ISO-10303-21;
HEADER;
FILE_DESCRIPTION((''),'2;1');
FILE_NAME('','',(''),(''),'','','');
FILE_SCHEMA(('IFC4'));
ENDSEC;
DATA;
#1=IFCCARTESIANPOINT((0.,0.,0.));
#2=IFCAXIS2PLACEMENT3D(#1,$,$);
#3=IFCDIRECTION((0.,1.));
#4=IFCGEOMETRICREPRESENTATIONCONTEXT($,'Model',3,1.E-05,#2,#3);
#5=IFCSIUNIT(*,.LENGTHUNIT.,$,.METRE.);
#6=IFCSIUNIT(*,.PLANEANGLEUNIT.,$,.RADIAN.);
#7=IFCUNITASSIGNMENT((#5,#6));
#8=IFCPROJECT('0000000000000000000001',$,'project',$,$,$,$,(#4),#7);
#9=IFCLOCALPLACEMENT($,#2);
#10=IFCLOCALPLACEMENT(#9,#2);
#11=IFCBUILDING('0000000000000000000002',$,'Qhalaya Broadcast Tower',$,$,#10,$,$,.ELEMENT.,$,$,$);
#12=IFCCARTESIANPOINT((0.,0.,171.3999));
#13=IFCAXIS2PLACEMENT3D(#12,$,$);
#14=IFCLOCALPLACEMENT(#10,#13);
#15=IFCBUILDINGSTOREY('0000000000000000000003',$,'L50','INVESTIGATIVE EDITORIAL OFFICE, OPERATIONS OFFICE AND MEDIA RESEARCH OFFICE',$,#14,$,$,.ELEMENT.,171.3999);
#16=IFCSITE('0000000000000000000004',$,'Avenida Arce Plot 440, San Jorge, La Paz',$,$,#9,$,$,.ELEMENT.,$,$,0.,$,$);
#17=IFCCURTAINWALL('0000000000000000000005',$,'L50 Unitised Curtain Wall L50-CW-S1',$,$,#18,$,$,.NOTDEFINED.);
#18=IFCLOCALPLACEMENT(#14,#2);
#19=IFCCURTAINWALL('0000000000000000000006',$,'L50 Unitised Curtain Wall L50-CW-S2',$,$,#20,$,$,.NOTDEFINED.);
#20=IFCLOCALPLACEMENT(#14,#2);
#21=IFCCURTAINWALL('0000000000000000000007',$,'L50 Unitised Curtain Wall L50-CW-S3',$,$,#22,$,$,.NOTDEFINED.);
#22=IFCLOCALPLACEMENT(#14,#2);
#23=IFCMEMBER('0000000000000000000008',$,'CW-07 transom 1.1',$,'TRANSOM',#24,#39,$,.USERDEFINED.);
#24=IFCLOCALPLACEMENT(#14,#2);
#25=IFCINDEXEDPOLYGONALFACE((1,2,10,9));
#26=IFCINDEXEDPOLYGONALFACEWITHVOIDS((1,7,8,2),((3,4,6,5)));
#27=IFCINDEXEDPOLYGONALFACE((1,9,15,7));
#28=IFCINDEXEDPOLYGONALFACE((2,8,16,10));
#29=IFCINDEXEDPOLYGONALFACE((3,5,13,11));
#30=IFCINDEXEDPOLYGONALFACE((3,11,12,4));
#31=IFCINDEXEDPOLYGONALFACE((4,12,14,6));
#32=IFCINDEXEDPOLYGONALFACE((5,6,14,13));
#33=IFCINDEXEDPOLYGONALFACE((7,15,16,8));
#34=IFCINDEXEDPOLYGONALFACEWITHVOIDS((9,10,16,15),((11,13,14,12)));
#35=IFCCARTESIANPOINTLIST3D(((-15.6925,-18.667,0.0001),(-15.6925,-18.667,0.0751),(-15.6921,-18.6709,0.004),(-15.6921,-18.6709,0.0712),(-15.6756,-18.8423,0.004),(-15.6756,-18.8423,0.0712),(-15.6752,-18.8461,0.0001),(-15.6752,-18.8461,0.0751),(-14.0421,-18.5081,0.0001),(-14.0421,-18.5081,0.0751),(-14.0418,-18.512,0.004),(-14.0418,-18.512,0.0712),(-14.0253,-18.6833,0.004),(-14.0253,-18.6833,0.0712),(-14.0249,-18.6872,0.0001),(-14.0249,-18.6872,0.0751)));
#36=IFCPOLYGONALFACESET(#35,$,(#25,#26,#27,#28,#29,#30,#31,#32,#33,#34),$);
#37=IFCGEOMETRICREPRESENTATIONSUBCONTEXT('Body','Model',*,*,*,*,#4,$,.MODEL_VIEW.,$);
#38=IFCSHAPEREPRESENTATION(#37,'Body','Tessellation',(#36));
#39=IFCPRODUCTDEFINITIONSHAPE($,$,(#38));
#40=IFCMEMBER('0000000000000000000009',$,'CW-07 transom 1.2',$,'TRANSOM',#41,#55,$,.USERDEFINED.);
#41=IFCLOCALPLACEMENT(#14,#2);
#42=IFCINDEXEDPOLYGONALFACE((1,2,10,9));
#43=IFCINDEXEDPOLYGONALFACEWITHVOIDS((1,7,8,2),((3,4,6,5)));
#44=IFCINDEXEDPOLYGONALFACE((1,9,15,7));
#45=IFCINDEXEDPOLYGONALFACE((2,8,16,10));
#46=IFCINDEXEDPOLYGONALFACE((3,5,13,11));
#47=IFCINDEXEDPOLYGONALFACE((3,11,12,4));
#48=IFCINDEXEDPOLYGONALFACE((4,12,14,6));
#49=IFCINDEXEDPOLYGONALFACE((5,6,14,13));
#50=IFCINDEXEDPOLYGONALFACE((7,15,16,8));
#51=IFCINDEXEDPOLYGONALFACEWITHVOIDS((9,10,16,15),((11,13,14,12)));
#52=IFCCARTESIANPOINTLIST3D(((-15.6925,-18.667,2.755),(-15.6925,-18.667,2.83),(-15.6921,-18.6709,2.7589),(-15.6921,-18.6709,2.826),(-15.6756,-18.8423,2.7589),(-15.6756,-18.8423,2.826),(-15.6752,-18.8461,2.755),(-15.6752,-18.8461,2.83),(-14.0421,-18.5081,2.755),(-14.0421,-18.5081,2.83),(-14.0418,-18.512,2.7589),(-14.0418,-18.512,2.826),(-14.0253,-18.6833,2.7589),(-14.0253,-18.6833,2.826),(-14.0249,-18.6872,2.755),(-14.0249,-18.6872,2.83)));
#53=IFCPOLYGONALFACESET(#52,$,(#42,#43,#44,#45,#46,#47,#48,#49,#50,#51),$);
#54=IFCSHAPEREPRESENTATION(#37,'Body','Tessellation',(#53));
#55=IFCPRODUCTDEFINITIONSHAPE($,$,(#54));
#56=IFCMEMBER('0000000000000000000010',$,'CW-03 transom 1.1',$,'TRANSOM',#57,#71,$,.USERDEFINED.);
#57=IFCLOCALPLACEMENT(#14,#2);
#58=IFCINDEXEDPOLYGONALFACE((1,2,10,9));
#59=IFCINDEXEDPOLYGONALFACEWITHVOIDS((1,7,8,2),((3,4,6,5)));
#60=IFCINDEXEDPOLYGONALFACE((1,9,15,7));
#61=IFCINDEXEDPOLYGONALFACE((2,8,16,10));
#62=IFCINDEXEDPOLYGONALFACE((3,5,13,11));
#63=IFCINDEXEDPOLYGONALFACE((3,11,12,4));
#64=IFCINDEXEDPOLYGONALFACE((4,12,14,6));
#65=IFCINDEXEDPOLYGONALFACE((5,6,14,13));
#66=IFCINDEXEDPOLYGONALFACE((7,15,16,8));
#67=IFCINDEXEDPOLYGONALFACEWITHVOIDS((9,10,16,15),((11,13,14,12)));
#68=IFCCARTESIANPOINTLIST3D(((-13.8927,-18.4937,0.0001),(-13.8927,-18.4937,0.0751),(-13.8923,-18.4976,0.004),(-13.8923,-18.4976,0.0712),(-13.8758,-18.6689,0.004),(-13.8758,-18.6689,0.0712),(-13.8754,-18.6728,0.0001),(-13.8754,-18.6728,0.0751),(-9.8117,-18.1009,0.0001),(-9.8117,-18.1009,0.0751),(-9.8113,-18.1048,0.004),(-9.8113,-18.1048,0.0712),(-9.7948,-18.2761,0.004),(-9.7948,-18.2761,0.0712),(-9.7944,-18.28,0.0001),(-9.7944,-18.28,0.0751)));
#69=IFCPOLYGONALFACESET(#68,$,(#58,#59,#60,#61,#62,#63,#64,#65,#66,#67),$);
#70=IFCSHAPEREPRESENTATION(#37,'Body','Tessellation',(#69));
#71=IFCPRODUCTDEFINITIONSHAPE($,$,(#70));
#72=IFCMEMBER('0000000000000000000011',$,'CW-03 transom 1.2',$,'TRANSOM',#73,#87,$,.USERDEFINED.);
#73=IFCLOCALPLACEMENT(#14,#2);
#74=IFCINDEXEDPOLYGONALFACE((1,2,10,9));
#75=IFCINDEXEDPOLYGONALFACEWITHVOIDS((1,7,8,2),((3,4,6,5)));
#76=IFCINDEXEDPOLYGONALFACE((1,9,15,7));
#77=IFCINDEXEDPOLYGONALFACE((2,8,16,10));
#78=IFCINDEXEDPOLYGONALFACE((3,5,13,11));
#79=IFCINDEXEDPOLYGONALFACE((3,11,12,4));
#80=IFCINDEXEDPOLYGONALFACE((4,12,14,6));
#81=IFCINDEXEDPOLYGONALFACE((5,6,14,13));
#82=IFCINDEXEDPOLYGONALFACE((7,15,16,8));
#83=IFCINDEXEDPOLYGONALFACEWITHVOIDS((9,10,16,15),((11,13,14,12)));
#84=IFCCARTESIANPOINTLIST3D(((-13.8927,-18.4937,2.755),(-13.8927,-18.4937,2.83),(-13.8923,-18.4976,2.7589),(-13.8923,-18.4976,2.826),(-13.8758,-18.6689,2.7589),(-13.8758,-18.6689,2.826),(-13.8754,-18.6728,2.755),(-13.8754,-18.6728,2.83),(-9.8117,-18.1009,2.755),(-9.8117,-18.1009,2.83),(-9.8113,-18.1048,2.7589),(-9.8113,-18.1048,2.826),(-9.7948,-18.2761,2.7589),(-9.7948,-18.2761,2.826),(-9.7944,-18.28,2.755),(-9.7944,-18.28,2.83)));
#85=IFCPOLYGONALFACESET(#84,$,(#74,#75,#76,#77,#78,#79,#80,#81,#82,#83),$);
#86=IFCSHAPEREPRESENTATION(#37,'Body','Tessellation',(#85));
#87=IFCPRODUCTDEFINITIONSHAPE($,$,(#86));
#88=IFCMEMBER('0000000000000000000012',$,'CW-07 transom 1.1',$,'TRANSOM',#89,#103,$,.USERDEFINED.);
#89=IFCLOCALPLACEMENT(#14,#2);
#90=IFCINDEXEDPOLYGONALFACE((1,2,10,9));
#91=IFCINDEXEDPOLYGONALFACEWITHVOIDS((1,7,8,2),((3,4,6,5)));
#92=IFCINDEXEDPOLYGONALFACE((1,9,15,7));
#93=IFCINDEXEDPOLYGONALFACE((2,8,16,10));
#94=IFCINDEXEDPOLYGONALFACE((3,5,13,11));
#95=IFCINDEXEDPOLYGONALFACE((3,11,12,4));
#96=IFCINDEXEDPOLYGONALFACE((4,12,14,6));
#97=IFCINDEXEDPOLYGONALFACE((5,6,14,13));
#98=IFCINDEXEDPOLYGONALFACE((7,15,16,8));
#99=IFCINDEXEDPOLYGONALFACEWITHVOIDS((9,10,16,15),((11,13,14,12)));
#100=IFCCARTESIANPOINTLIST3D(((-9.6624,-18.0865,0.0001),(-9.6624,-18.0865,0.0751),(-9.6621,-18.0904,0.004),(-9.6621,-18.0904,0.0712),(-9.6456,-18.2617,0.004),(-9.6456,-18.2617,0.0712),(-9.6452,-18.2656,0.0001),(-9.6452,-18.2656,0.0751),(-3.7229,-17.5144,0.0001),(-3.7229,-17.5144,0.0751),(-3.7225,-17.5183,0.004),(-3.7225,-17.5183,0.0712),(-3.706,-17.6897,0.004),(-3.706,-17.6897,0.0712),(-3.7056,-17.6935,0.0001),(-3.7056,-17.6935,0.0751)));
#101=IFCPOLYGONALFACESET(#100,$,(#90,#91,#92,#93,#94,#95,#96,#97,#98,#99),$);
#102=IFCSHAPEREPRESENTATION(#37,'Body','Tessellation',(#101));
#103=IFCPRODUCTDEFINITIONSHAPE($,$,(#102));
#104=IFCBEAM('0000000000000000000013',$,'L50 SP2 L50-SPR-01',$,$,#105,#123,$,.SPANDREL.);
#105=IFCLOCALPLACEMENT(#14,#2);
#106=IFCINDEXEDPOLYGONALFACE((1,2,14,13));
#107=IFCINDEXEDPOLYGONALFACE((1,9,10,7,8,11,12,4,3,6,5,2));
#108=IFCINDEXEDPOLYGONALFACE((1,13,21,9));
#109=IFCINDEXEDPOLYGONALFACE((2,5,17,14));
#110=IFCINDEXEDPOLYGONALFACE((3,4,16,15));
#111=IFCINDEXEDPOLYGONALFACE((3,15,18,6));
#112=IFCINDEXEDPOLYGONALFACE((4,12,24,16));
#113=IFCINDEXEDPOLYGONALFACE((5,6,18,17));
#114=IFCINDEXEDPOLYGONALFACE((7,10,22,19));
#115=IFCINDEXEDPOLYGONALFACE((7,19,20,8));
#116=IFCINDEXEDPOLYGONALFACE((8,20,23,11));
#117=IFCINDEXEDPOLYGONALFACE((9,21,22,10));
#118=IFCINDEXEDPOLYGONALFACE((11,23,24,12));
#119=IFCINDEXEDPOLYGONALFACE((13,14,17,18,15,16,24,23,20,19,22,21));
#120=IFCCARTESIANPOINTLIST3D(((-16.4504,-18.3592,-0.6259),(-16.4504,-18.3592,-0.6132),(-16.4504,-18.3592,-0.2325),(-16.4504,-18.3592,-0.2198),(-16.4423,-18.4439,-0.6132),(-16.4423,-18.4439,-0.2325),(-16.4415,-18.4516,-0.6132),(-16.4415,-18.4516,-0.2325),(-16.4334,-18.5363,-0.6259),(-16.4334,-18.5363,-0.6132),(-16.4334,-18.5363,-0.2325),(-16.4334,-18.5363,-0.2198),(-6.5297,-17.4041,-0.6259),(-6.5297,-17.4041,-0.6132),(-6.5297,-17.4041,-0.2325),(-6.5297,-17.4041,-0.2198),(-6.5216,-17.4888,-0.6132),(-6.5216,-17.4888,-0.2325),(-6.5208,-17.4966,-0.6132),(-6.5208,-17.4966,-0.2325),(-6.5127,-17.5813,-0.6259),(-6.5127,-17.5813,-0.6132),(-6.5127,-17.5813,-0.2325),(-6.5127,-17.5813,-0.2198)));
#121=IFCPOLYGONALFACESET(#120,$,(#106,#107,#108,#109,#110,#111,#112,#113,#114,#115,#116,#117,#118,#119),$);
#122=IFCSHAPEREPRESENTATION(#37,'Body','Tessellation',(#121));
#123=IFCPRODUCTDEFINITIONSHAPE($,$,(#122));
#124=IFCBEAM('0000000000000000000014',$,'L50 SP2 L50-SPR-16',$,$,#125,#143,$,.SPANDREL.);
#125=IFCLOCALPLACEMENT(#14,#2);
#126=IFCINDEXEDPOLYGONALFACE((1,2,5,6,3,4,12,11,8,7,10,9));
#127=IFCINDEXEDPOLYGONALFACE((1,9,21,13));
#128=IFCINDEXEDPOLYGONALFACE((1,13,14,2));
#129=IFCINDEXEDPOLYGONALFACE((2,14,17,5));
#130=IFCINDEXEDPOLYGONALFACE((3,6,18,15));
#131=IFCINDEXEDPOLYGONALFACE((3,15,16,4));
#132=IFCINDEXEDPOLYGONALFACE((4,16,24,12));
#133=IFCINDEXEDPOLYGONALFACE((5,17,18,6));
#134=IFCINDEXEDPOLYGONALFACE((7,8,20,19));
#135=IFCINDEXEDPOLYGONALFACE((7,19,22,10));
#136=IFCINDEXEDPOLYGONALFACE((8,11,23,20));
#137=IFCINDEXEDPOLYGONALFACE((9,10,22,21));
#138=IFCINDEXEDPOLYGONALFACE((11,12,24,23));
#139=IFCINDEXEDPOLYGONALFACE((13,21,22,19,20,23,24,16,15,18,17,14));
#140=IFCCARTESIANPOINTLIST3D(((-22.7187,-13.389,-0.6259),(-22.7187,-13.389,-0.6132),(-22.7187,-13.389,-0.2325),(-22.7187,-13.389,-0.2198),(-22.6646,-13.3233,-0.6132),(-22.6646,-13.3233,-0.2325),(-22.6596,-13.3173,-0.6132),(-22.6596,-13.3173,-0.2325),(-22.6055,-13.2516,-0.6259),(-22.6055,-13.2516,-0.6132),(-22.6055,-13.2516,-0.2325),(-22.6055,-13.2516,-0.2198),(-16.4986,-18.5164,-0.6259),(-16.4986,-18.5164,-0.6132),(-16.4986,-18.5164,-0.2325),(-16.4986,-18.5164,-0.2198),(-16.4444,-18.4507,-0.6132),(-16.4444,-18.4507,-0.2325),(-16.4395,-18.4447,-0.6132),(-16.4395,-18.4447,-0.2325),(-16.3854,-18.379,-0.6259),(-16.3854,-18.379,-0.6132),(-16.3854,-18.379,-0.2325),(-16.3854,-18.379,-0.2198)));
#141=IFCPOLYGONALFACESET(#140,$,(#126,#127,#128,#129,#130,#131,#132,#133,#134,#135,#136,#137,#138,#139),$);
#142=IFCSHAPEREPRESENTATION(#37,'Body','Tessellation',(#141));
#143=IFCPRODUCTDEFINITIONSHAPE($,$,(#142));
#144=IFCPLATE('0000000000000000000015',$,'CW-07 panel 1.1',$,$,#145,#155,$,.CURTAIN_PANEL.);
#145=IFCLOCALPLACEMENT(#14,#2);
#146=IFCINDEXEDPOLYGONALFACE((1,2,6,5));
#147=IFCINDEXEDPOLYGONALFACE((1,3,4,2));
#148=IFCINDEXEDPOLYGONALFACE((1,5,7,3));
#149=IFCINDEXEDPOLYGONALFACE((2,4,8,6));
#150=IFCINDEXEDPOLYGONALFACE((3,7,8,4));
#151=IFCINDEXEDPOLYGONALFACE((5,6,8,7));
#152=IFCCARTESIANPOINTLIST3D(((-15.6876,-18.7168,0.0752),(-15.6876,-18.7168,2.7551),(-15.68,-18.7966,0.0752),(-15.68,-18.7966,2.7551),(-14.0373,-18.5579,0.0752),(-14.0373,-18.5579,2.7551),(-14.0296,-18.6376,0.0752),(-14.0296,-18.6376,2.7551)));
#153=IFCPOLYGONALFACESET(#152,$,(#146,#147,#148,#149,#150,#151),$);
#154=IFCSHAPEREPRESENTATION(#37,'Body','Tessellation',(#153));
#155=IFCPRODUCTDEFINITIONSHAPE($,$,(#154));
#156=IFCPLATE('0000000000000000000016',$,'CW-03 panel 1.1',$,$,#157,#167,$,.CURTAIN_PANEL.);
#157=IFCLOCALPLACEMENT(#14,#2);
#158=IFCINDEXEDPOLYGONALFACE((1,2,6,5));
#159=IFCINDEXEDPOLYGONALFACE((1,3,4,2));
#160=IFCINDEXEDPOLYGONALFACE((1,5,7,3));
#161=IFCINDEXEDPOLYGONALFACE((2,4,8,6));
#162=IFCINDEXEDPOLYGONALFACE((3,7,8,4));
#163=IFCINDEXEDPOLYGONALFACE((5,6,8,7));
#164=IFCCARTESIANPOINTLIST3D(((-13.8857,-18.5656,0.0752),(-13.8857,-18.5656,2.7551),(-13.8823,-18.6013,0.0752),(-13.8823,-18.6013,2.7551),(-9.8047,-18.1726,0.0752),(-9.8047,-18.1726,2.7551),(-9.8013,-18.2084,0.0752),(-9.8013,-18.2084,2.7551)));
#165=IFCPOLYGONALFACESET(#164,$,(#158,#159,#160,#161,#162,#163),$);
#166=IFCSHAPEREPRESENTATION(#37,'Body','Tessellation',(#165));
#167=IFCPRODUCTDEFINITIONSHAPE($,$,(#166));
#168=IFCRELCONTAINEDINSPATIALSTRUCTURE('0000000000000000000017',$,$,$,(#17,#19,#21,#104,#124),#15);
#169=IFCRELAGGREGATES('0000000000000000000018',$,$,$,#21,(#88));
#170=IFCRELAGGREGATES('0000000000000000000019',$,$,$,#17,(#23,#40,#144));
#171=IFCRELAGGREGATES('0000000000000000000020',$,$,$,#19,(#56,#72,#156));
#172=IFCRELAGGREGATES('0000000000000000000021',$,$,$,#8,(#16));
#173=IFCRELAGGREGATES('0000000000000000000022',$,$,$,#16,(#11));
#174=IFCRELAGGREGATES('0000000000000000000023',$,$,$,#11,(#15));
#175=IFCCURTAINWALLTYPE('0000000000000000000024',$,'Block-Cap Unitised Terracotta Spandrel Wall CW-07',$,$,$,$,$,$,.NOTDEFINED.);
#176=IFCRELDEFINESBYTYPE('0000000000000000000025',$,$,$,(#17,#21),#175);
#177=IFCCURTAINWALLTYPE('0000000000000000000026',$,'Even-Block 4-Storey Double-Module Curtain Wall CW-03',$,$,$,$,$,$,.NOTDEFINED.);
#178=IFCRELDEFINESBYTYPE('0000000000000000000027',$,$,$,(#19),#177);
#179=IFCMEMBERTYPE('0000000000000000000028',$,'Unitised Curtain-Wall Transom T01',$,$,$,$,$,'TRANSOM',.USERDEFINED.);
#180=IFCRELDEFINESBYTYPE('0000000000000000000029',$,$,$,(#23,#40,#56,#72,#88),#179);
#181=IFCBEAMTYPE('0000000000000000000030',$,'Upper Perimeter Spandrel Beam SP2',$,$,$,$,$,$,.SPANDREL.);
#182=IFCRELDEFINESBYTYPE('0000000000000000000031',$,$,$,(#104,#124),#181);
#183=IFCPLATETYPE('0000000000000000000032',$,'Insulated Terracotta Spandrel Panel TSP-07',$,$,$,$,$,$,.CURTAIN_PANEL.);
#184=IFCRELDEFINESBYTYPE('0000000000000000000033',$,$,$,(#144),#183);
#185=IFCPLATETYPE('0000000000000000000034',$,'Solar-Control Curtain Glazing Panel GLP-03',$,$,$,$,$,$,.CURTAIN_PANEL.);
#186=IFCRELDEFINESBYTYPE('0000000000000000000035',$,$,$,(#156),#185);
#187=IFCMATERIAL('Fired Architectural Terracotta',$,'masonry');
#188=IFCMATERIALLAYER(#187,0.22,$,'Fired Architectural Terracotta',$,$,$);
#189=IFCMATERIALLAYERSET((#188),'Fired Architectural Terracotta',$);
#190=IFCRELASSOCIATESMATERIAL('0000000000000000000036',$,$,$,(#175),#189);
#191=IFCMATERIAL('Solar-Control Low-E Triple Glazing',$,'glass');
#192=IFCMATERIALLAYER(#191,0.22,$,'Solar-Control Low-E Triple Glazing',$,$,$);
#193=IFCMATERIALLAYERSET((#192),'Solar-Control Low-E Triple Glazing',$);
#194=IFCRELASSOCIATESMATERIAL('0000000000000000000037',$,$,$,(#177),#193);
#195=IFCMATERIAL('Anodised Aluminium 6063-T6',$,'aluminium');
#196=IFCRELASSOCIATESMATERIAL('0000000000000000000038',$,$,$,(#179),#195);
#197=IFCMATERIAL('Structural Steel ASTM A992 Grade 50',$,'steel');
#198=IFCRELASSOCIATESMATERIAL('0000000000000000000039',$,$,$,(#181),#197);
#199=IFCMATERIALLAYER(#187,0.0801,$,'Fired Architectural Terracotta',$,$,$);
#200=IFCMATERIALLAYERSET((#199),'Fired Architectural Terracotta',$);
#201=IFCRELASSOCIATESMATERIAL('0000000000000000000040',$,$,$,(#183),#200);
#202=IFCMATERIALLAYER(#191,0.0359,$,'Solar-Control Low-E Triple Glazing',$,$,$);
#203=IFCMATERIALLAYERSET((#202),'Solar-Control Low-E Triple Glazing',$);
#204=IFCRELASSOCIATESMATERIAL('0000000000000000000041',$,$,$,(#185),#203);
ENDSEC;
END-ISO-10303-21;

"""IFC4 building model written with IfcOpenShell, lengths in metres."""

from ifc_helpers import new_model, si_unit, direction, frame, origin, origin_2d, place, context, subcontext, project, spatial, rectangle, hollow_rectangle, i_section, extrude, material, layer, layer_set, material_profile, profile_set, type_object, element, aggregate, save


model = new_model("IFC4")

# Units and contexts
model_context = context("Model", 3, precision=1e-05, world=origin(), true_north=direction((0.0, 1.0)))
body_context = subcontext(model_context, "Body", "Model", "MODEL_VIEW")
ifc_project = project(units=[si_unit("LENGTHUNIT", "METRE"), si_unit("PLANEANGLEUNIT", "RADIAN")], contexts=[model_context])

# Site, building, storey
site_placement = place(None, origin())
site = spatial("IfcSite", under=ifc_project, at=site_placement, Name="Avenida Arce Plot 440, San Jorge, La Paz", CompositionType="ELEMENT", RefElevation=0.0)
building_placement = place(site_placement, origin())
building = spatial("IfcBuilding", under=site, at=building_placement, Name="Qhalaya Broadcast Tower", CompositionType="ELEMENT")
storey_placement = place(building_placement, frame((0.0, 0.0, 171.3999)))
storey = spatial("IfcBuildingStorey", under=building, at=storey_placement, Name="L50", Description="INVESTIGATIVE EDITORIAL OFFICE, OPERATIONS OFFICE AND MEDIA RESEARCH OFFICE", CompositionType="ELEMENT", Elevation=171.3999)

# Shared definitions
ifc_material_1 = material(Name="Structural Steel ASTM A992 Grade 50", Category="steel")

# Curtain walls
ifc_material_2 = material(Name="Fired Architectural Terracotta", Category="masonry")
ifc_layer_1 = layer(ifc_material_2, 0.22, Name="Fired Architectural Terracotta")
ifc_layer_set_1 = layer_set([ifc_layer_1], Name="Fired Architectural Terracotta")
curtain_wall_type_1 = type_object("IfcCurtainWallType", Name="Block-Cap Unitised Terracotta Spandrel Wall CW-07", PredefinedType="NOTDEFINED", material=ifc_layer_set_1)
curtain_wall_1_placement = place(storey_placement, origin())
curtain_wall_1 = element("IfcCurtainWall", 1, at=curtain_wall_1_placement, inside=storey, type_object=curtain_wall_type_1, Name="L50 Unitised Curtain Wall L50-CW-S1", PredefinedType="NOTDEFINED")
ifc_material_3 = material(Name="Anodised Aluminium 6063-T6", Category="aluminium")
ifc_material_4 = material(Name="Solar-Control Low-E Triple Glazing", Category="glass")
ifc_layer_2 = layer(ifc_material_4, 0.22, Name="Solar-Control Low-E Triple Glazing")
ifc_layer_set_2 = layer_set([ifc_layer_2], Name="Solar-Control Low-E Triple Glazing")
curtain_wall_type_2 = type_object("IfcCurtainWallType", Name="Even-Block 4-Storey Double-Module Curtain Wall CW-03", PredefinedType="NOTDEFINED", material=ifc_layer_set_2)
curtain_wall_2_placement = place(storey_placement, origin())
curtain_wall_2 = element("IfcCurtainWall", 2, at=curtain_wall_2_placement, inside=storey, type_object=curtain_wall_type_2, Name="L50 Unitised Curtain Wall L50-CW-S2", PredefinedType="NOTDEFINED")

# Curtain wall
curtain_wall_3_placement = place(storey_placement, origin())
curtain_wall_3 = element("IfcCurtainWall", 3, at=curtain_wall_3_placement, inside=storey, type_object=curtain_wall_type_1, Name="L50 Unitised Curtain Wall L50-CW-S3", PredefinedType="NOTDEFINED")

# Members
ifc_material_profile_1 = material_profile(ifc_material_3, hollow_rectangle(XDim=0.075, YDim=0.1799, WallThickness=0.0039, at=origin_2d()), Name="ALU-TRN 75x180x4")
ifc_profile_set_1 = profile_set([ifc_material_profile_1], Name="Anodised Aluminium 6063-T6")
member_type_1 = type_object("IfcMemberType", Name="Unitised Curtain-Wall Transom T01", ElementType="TRANSOM", PredefinedType="USERDEFINED", material=ifc_profile_set_1)
member_1_placement = place(storey_placement, frame((-15.6838, -18.7566, 0.0376), z_axis=(0.995395, 0.095858, 0.0), x_axis=(0.0, 0.0, 1.0)))
member_1 = element("IfcMember", 4, at=member_1_placement, type_object=member_type_1, Name="CW-07 transom 1.1", ObjectType="TRANSOM", PredefinedType="USERDEFINED", context=body_context, shape_type="SweptSolid", body=[
    extrude(hollow_rectangle(XDim=0.075, YDim=0.1799, WallThickness=0.0039, at=origin_2d()), origin(), (0.0, 0.0, 1.0), 1.658),
])
member_2_placement = place(storey_placement, frame((-15.6838, -18.7566, 2.7925), z_axis=(0.995395, 0.095858, 0.0), x_axis=(0.0, 0.0, 1.0)))
member_2 = element("IfcMember", 5, at=member_2_placement, type_object=member_type_1, Name="CW-07 transom 1.2", ObjectType="TRANSOM", PredefinedType="USERDEFINED", context=body_context, shape_type="SweptSolid", body=[
    extrude(hollow_rectangle(XDim=0.075, YDim=0.1799, WallThickness=0.0039, at=origin_2d()), origin(), (0.0, 0.0, 1.0), 1.658),
])
member_3_placement = place(storey_placement, frame((-13.884, -18.5833, 0.0376), z_axis=(0.995399, 0.095812, 0.0), x_axis=(0.0, 0.0, 1.0)))
member_3 = element("IfcMember", 6, at=member_3_placement, type_object=member_type_1, Name="CW-03 transom 1.1", ObjectType="TRANSOM", PredefinedType="USERDEFINED", context=body_context, shape_type="SweptSolid", body=[
    extrude(hollow_rectangle(XDim=0.075, YDim=0.1799, WallThickness=0.0039, at=origin_2d()), origin(), (0.0, 0.0, 1.0), 4.0999),
])
member_4_placement = place(storey_placement, frame((-13.884, -18.5833, 2.7925), z_axis=(0.995399, 0.095812, 0.0), x_axis=(0.0, 0.0, 1.0)))
member_4 = element("IfcMember", 7, at=member_4_placement, type_object=member_type_1, Name="CW-03 transom 1.2", ObjectType="TRANSOM", PredefinedType="USERDEFINED", context=body_context, shape_type="SweptSolid", body=[
    extrude(hollow_rectangle(XDim=0.075, YDim=0.1799, WallThickness=0.0039, at=origin_2d()), origin(), (0.0, 0.0, 1.0), 4.0999),
])
member_5_placement = place(storey_placement, frame((-9.6538, -18.176, 0.0376), z_axis=(0.995394, 0.095865, 0.0), x_axis=(0.0, 0.0, 1.0)))
member_5 = element("IfcMember", 8, at=member_5_placement, type_object=member_type_1, Name="CW-07 transom 1.1", ObjectType="TRANSOM", PredefinedType="USERDEFINED", context=body_context, shape_type="SweptSolid", body=[
    extrude(hollow_rectangle(XDim=0.075, YDim=0.1799, WallThickness=0.0039, at=origin_2d()), origin(), (0.0, 0.0, 1.0), 5.967),
])
aggregate(curtain_wall_3, [member_5])

# Beams
ifc_material_profile_2 = material_profile(ifc_material_1, i_section(OverallWidth=0.178, OverallDepth=0.406, WebThickness=0.0078, FlangeThickness=0.0127, at=origin_2d()), Name="W16X40")
ifc_profile_set_2 = profile_set([ifc_material_profile_2], Name="Structural Steel ASTM A992 Grade 50")
beam_type_1 = type_object("IfcBeamType", Name="Upper Perimeter Spandrel Beam SP2", PredefinedType="SPANDREL", material=ifc_profile_set_2)
beam_1_placement = place(storey_placement, frame((-16.4419, -18.4478, -0.4229), z_axis=(0.995398, 0.095829, 0.0), x_axis=(-0.095829, 0.995398, 0.0)))
element("IfcBeam", 9, at=beam_1_placement, inside=storey, type_object=beam_type_1, Name="L50 SP2 L50-SPR-01", PredefinedType="SPANDREL", context=body_context, shape_type="SweptSolid", body=[
    extrude(i_section(OverallWidth=0.178, OverallDepth=0.406, WebThickness=0.0078, FlangeThickness=0.0127, at=origin_2d()), origin(), (0.0, 0.0, 1.0), 9.9666),
])
beam_2_placement = place(storey_placement, frame((-22.6621, -13.3203, -0.4229), z_axis=(0.771631, -0.63607, 0.0), x_axis=(0.63607, 0.771631, 0.0)))
element("IfcBeam", 10, at=beam_2_placement, inside=storey, type_object=beam_type_1, Name="L50 SP2 L50-SPR-16", PredefinedType="SPANDREL", context=body_context, shape_type="SweptSolid", body=[
    extrude(i_section(OverallWidth=0.178, OverallDepth=0.406, WebThickness=0.0078, FlangeThickness=0.0127, at=origin_2d()), origin(), (0.0, 0.0, 1.0), 8.061),
])

# Plates
ifc_layer_3 = layer(ifc_material_2, 0.0801, Name="Fired Architectural Terracotta")
ifc_layer_set_3 = layer_set([ifc_layer_3], Name="Fired Architectural Terracotta")
plate_type_1 = type_object("IfcPlateType", Name="Insulated Terracotta Spandrel Panel TSP-07", PredefinedType="CURTAIN_PANEL", material=ifc_layer_set_3)
plate_1_placement = place(storey_placement, frame((-14.8586, -18.6772, 0.0752), z_axis=(0.0, 0.0, 1.0), x_axis=(0.995396, 0.09585, 0.0)))
plate_1 = element("IfcPlate", 11, at=plate_1_placement, type_object=plate_type_1, Name="CW-07 panel 1.1", PredefinedType="CURTAIN_PANEL", context=body_context, shape_type="SweptSolid", body=[
    extrude(rectangle(XDim=1.658, YDim=0.0801, at=origin_2d()), origin(), (0.0, 0.0, 1.0), 2.6799),
])
aggregate(curtain_wall_1, [member_1, member_2, plate_1])
ifc_layer_4 = layer(ifc_material_4, 0.0359, Name="Solar-Control Low-E Triple Glazing")
ifc_layer_set_4 = layer_set([ifc_layer_4], Name="Solar-Control Low-E Triple Glazing")
plate_type_2 = type_object("IfcPlateType", Name="Solar-Control Curtain Glazing Panel GLP-03", PredefinedType="CURTAIN_PANEL", material=ifc_layer_set_4)
plate_2_placement = place(storey_placement, frame((-11.8435, -18.387, 0.0752), z_axis=(0.0, 0.0, 1.0), x_axis=(0.995397, 0.095836, 0.0)))
plate_2 = element("IfcPlate", 12, at=plate_2_placement, type_object=plate_type_2, Name="CW-03 panel 1.1", PredefinedType="CURTAIN_PANEL", context=body_context, shape_type="SweptSolid", body=[
    extrude(rectangle(XDim=4.0999, YDim=0.0359, at=origin_2d()), origin(), (0.0, 0.0, 1.0), 2.6799),
])
aggregate(curtain_wall_2, [member_3, member_4, plate_2])

save(model, "model.ifc")
